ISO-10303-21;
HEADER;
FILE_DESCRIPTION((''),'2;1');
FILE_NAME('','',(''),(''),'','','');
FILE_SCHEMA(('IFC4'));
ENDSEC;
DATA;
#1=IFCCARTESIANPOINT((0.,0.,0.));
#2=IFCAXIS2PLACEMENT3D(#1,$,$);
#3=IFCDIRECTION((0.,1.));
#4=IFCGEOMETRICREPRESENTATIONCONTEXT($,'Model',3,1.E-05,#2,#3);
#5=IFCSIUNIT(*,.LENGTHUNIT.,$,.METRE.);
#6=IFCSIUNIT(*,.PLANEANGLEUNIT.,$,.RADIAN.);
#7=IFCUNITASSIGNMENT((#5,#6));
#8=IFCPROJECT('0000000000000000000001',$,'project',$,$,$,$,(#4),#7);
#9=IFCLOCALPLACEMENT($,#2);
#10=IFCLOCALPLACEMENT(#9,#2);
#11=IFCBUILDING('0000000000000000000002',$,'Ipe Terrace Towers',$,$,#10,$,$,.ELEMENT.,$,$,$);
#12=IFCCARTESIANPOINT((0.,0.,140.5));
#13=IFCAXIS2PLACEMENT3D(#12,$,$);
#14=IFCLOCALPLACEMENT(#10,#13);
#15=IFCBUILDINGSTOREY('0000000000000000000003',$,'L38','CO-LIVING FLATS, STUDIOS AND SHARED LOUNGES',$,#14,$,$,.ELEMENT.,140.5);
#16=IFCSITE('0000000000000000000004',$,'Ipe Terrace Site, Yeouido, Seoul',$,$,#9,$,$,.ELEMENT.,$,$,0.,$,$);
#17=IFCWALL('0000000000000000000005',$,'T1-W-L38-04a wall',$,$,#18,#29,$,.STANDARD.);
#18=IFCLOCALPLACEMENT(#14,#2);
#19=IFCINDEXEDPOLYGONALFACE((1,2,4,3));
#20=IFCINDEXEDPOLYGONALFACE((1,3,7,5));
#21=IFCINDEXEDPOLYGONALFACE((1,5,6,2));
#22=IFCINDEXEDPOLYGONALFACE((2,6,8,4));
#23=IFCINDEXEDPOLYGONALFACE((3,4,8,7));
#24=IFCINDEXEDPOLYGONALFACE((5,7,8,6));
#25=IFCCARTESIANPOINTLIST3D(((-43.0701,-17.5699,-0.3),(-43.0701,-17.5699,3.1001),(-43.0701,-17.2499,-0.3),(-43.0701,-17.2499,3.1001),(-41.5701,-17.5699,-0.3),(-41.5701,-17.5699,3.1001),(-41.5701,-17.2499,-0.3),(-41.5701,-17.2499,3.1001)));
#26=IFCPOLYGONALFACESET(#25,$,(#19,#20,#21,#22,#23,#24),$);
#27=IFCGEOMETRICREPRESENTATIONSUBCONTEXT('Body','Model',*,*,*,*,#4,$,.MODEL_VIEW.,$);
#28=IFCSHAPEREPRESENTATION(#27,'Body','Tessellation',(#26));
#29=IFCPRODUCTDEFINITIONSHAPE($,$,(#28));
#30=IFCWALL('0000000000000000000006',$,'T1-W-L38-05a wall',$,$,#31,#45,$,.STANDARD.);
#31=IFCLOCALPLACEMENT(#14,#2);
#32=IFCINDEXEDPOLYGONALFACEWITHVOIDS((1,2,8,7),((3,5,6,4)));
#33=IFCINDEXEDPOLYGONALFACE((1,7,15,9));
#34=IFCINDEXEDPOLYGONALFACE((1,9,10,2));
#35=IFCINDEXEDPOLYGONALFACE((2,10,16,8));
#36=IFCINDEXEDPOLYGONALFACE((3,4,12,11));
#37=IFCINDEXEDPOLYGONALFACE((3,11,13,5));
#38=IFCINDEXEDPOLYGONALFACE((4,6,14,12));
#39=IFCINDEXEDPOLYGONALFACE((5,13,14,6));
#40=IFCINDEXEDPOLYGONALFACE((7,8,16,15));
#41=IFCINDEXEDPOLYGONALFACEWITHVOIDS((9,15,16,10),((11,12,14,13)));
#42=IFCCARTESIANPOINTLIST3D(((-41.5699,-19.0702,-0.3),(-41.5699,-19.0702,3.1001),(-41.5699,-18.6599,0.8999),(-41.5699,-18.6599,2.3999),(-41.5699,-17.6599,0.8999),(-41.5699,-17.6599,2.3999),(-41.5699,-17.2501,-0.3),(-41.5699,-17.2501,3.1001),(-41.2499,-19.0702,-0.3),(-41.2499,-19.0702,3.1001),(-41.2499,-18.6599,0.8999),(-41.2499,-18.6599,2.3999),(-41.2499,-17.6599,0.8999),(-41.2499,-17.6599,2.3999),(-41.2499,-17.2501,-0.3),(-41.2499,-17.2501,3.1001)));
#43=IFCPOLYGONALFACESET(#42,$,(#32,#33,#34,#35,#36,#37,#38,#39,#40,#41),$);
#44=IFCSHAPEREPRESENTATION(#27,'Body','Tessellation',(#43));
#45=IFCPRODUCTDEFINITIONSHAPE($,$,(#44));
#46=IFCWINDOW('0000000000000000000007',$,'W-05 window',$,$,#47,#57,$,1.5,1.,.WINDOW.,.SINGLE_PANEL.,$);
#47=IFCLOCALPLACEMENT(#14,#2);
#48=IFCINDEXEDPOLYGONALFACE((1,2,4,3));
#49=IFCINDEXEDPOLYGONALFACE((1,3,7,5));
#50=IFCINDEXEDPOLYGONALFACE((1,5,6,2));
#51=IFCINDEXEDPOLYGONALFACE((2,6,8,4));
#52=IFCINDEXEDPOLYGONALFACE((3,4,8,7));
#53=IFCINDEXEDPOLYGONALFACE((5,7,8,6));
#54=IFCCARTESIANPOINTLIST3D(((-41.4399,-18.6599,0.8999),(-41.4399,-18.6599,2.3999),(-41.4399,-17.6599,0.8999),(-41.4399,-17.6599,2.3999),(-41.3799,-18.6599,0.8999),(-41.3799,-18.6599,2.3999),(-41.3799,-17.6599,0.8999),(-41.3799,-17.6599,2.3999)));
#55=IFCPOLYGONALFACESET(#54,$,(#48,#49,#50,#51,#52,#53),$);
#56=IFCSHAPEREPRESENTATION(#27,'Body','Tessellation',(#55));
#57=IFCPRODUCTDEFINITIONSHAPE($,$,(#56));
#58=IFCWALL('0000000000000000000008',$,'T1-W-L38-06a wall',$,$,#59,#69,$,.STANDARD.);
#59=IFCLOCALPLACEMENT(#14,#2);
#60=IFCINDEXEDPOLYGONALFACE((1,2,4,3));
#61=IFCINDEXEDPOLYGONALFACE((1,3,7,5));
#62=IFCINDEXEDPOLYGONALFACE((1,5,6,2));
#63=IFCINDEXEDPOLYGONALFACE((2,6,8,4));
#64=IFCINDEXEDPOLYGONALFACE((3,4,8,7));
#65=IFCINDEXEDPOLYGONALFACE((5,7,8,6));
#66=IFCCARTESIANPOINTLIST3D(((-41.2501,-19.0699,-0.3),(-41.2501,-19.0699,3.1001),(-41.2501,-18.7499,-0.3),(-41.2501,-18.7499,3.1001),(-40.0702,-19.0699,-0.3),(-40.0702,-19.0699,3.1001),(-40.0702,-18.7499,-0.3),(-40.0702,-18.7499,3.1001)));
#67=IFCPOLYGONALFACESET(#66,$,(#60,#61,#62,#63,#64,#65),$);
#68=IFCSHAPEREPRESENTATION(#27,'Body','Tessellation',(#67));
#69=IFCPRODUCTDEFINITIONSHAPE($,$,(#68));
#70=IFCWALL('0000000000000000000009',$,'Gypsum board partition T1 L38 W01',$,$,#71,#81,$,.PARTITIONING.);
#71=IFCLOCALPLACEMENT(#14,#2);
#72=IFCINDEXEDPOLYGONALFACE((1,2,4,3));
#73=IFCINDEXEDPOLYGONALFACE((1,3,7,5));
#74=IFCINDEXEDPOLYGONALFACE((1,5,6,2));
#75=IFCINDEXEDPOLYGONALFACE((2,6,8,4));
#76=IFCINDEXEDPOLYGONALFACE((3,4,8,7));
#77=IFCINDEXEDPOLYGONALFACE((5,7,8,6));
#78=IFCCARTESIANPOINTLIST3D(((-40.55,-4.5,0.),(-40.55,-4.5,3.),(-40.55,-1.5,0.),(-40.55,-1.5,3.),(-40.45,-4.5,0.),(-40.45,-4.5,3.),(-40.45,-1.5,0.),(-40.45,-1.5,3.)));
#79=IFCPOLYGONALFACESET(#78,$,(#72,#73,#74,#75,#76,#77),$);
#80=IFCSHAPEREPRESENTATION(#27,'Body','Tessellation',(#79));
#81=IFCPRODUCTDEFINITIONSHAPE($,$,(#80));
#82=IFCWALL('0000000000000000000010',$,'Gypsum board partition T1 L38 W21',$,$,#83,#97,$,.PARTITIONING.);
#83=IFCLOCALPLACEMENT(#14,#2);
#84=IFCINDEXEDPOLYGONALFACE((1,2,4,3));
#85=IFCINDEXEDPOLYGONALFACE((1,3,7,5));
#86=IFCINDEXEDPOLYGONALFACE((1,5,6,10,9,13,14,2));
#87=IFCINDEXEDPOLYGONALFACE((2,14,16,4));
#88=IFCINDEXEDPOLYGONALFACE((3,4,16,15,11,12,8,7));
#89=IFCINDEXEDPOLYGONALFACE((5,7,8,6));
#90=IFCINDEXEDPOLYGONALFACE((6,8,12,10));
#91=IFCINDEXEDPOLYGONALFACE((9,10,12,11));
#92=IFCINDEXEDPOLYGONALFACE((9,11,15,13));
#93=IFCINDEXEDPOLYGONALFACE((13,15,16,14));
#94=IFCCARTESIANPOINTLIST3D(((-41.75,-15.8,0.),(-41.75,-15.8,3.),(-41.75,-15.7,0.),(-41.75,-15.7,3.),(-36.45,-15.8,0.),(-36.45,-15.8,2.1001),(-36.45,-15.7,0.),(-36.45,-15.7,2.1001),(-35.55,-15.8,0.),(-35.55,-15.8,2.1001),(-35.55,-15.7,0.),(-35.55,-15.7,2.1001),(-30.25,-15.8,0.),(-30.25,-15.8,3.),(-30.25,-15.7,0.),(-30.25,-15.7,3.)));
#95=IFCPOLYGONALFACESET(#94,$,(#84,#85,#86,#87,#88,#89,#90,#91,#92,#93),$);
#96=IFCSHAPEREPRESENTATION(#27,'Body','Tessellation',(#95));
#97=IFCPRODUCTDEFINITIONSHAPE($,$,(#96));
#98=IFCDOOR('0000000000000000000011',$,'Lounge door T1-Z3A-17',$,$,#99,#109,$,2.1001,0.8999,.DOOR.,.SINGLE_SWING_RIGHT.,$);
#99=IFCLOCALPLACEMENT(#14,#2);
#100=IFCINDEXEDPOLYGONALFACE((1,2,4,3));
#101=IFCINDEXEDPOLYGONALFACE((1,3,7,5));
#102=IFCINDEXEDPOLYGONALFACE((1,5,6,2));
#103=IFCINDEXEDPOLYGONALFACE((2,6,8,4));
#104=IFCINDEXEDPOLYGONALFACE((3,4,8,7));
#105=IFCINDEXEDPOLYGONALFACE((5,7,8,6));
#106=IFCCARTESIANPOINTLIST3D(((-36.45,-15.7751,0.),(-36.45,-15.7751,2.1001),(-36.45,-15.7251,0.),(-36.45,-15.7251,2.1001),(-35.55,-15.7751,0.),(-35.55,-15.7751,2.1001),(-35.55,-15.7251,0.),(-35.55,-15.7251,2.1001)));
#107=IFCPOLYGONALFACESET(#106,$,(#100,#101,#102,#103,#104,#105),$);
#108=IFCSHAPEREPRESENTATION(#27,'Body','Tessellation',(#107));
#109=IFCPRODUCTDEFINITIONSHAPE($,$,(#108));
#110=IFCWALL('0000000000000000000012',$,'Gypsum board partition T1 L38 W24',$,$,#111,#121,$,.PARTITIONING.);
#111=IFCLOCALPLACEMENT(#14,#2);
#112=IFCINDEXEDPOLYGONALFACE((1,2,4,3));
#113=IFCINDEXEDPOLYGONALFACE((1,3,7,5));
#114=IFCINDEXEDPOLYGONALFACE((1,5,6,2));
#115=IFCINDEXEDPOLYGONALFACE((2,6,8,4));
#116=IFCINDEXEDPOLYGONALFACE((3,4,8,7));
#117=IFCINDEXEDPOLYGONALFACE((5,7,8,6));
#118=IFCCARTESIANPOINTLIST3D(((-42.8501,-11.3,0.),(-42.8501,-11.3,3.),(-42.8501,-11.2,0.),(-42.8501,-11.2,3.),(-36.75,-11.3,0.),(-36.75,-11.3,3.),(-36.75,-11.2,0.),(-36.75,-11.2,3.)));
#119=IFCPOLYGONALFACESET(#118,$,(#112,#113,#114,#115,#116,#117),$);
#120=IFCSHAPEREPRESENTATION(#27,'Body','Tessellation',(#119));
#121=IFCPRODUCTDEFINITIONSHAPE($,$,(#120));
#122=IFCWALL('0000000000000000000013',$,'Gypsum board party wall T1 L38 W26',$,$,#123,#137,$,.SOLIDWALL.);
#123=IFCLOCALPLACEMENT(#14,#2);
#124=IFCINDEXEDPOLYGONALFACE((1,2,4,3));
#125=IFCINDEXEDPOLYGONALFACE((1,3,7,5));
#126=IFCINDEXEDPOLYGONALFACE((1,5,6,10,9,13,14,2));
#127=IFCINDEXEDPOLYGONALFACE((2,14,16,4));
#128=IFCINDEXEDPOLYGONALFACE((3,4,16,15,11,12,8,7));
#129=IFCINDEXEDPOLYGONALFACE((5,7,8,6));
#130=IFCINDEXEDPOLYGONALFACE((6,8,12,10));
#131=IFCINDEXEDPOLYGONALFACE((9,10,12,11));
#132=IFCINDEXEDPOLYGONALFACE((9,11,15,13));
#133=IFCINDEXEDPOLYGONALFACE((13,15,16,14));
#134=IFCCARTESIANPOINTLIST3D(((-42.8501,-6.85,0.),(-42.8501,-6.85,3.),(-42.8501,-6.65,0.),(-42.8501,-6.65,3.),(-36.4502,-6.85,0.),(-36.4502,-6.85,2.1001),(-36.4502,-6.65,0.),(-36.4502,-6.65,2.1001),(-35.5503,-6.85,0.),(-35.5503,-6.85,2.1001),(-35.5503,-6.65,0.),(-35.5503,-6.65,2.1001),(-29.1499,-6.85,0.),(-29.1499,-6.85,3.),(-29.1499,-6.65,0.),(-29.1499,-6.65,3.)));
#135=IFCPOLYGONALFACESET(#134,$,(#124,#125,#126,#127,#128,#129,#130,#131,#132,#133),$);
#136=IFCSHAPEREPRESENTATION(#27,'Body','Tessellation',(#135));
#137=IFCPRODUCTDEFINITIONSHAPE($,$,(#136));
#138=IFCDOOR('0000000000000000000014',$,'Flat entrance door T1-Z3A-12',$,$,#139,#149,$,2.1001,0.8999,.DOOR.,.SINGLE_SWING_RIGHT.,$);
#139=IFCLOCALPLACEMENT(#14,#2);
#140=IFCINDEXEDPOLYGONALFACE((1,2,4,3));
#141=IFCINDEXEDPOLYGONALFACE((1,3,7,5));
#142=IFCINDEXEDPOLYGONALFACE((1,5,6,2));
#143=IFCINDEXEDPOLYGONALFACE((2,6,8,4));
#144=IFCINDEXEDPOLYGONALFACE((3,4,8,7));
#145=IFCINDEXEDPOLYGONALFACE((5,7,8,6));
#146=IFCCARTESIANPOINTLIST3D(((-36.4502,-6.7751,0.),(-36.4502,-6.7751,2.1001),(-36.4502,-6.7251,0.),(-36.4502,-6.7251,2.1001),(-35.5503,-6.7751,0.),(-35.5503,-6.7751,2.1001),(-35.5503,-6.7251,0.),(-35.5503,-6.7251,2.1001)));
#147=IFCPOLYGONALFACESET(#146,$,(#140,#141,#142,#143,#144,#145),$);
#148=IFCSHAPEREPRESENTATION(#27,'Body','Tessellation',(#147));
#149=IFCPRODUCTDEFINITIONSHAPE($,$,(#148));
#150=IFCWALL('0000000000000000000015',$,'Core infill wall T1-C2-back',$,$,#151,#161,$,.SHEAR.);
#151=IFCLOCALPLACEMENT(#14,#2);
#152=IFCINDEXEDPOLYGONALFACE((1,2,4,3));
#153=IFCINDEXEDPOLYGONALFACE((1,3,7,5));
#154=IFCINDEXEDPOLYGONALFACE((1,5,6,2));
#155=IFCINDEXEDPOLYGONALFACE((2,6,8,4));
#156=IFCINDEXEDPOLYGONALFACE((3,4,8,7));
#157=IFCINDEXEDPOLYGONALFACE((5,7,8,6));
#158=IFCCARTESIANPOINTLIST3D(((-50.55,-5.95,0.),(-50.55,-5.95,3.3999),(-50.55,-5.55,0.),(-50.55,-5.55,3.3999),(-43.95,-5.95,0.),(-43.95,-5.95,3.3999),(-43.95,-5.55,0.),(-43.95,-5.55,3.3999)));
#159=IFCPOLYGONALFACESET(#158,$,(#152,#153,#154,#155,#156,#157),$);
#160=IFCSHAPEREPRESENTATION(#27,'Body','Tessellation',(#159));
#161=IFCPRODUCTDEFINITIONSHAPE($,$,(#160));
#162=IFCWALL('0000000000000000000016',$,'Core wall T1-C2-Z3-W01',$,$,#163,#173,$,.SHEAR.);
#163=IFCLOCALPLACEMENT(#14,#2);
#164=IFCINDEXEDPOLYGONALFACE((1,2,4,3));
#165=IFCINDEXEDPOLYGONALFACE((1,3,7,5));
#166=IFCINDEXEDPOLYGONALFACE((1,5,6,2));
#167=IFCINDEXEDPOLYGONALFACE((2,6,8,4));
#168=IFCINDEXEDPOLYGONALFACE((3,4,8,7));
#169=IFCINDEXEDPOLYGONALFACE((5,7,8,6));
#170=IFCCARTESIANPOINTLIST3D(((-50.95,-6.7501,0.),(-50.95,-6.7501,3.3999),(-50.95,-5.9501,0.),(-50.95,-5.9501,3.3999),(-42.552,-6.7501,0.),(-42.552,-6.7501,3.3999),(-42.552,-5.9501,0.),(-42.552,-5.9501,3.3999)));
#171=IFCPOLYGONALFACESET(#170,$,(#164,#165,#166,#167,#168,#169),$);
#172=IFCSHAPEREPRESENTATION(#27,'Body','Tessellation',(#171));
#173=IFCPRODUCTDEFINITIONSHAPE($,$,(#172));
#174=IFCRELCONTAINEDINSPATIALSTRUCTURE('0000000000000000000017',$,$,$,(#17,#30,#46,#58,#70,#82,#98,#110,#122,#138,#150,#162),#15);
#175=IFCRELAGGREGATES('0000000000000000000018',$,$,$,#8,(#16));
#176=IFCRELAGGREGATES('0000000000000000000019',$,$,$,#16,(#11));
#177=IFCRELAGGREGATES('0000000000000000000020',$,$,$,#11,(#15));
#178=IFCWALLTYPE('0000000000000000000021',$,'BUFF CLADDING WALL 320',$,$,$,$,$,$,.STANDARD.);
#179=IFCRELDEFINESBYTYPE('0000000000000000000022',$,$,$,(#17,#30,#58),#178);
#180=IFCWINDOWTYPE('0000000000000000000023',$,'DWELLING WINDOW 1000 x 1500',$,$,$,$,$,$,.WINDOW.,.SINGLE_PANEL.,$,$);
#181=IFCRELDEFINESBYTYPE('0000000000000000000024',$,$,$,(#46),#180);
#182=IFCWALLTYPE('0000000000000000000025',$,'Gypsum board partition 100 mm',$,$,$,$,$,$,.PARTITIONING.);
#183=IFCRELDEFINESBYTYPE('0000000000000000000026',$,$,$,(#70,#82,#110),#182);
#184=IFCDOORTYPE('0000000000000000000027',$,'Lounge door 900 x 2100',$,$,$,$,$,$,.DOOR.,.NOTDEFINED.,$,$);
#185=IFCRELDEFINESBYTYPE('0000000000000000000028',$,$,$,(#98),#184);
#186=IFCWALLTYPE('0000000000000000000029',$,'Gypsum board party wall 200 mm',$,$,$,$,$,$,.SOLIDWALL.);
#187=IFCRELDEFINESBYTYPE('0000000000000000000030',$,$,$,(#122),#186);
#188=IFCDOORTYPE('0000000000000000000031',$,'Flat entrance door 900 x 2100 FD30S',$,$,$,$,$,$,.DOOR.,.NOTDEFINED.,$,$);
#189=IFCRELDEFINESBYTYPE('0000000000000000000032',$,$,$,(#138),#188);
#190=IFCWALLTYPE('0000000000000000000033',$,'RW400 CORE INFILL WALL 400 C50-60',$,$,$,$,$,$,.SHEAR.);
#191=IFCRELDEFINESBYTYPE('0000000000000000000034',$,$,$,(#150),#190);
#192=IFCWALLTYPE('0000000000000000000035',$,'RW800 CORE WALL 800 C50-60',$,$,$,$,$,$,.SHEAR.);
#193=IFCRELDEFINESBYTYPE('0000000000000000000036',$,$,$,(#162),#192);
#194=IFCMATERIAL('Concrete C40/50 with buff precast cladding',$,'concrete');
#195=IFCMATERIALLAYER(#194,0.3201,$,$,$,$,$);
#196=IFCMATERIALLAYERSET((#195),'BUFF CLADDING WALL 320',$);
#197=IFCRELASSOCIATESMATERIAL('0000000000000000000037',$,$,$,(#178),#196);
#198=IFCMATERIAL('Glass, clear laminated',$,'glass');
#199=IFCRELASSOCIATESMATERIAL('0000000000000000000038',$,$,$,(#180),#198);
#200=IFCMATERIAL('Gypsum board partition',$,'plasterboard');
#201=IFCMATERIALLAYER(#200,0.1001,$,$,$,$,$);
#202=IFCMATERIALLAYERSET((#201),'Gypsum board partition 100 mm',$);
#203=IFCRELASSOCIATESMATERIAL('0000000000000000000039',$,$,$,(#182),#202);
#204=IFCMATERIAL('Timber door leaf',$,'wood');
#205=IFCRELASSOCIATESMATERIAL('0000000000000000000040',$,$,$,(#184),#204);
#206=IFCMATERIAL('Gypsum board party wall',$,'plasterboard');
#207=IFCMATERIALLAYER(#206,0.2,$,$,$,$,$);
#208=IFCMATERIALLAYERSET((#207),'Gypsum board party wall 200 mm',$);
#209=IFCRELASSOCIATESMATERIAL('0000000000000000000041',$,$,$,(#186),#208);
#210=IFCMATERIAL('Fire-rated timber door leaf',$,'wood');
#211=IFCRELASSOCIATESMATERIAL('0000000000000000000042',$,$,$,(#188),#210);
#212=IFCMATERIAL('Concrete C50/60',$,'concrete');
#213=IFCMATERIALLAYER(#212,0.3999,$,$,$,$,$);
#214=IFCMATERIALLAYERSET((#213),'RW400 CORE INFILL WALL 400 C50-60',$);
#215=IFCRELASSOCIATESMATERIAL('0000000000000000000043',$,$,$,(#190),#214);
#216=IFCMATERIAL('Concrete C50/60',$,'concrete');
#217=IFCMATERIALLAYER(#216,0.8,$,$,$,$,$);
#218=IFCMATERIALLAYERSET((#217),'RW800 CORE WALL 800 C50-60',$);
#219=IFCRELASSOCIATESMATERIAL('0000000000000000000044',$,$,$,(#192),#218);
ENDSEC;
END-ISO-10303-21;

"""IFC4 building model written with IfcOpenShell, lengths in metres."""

from ifc_helpers import new_model, si_unit, direction, frame, frame_2d, origin, place, context, subcontext, project, spatial, rectangle, extrude, material, layer, layer_set, type_object, element, fill, save


model = new_model("IFC4")

# Units and contexts
model_context = context("Model", 3, precision=1e-05, world=origin(), true_north=direction((0.0, 1.0)))
body_context = subcontext(model_context, "Body", "Model", "MODEL_VIEW")
ifc_project = project(units=[si_unit("LENGTHUNIT", "METRE"), si_unit("PLANEANGLEUNIT", "RADIAN")], contexts=[model_context])

# Site, building, storey
site_placement = place(None, origin())
site = spatial("IfcSite", under=ifc_project, at=site_placement, Name="Ipe Terrace Site, Yeouido, Seoul", CompositionType="ELEMENT", RefElevation=0.0)
building_placement = place(site_placement, origin())
building = spatial("IfcBuilding", under=site, at=building_placement, Name="Ipe Terrace Towers", CompositionType="ELEMENT")
storey_placement = place(building_placement, frame((0.0, 0.0, 140.5)))
storey = spatial("IfcBuildingStorey", under=building, at=storey_placement, Name="L38", Description="CO-LIVING FLATS, STUDIOS AND SHARED LOUNGES", CompositionType="ELEMENT", Elevation=140.5)

# Wall
ifc_material_1 = material(Name="Concrete C40/50 with buff precast cladding", Category="concrete")
ifc_layer_1 = layer(ifc_material_1, 0.3201)
ifc_layer_set_1 = layer_set([ifc_layer_1], Name="BUFF CLADDING WALL 320")
wall_type_1 = type_object("IfcWallType", Name="BUFF CLADDING WALL 320", PredefinedType="STANDARD", material=ifc_layer_set_1)
wall_1_placement = place(storey_placement, frame((-43.0701, -17.4099, -0.3), z_axis=(0.0, 0.0, 1.0), x_axis=(1.0, 0.0, 0.0)))
element("IfcWall", 1, at=wall_1_placement, inside=storey, type_object=wall_type_1, Name="T1-W-L38-04a wall", PredefinedType="STANDARD", context=body_context, shape_type="SweptSolid", body=[
    extrude(rectangle(XDim=1.5, YDim=0.3201, at=frame_2d((0.75, 0.0))), origin(), (0.0, 0.0, 1.0), 3.4001),
])

# Wall, opening, window
wall_2_placement = place(storey_placement, frame((-41.4099, -17.25, -0.3), z_axis=(0.0, 0.0, 1.0), x_axis=(0.0, -1.0, 0.0)))
wall_2 = element("IfcWall", 2, at=wall_2_placement, inside=storey, type_object=wall_type_1, Name="T1-W-L38-05a wall", PredefinedType="STANDARD", context=body_context, shape_type="SweptSolid", body=[
    extrude(rectangle(XDim=1.8201, YDim=0.3201, at=frame_2d((0.9102, 0.0))), origin(), (0.0, 0.0, 1.0), 3.4001),
])
opening_1_placement = place(wall_2_placement, frame((0.4099, 0.0, 1.2)))
opening_1 = element("IfcOpeningElement", 3, at=opening_1_placement, cuts=wall_2, PredefinedType="OPENING", context=body_context, shape_type="SweptSolid", body=[
    extrude(rectangle(XDim=1.0, YDim=1.5, at=frame_2d((0.5, 0.75))), frame((0.0, 0.1699, 0.0), z_axis=(0.0, -1.0, 0.0), x_axis=(1.0, 0.0, 0.0)), (0.0, 0.0, 1.0), 0.3401),
])
ifc_material_2 = material(Name="Glass, clear laminated", Category="glass")
window_type = type_object("IfcWindowType", Name="DWELLING WINDOW 1000 x 1500", PartitioningType="SINGLE_PANEL", PredefinedType="WINDOW", material=ifc_material_2)
window_placement = place(opening_1_placement, origin())
window = element("IfcWindow", 4, at=window_placement, inside=storey, type_object=window_type, Name="W-05 window", OverallHeight=1.5, OverallWidth=1.0, PartitioningType="SINGLE_PANEL", PredefinedType="WINDOW", context=body_context, shape_type="SweptSolid", body=[
    extrude(rectangle(XDim=1.0, YDim=1.5, at=frame_2d((0.5, 0.75))), frame((0.0, 0.03, 0.0), z_axis=(0.0, -1.0, 0.0), x_axis=(1.0, 0.0, 0.0)), (0.0, 0.0, 1.0), 0.0601),
])
fill(opening_1, window)

# Walls
wall_3_placement = place(storey_placement, frame((-41.25, -18.9099, -0.3), z_axis=(0.0, 0.0, 1.0), x_axis=(1.0, 0.0, 0.0)))
element("IfcWall", 5, at=wall_3_placement, inside=storey, type_object=wall_type_1, Name="T1-W-L38-06a wall", PredefinedType="STANDARD", context=body_context, shape_type="SweptSolid", body=[
    extrude(rectangle(XDim=1.1799, YDim=0.3201, at=frame_2d((0.5898, 0.0))), origin(), (0.0, 0.0, 1.0), 3.4001),
])
ifc_material_3 = material(Name="Gypsum board partition", Category="plasterboard")
ifc_layer_2 = layer(ifc_material_3, 0.1001)
ifc_layer_set_2 = layer_set([ifc_layer_2], Name="Gypsum board partition 100 mm")
wall_type_2 = type_object("IfcWallType", Name="Gypsum board partition 100 mm", PredefinedType="PARTITIONING", material=ifc_layer_set_2)
wall_4_placement = place(storey_placement, frame((-40.5, -4.5, 0.0), z_axis=(0.0, 0.0, 1.0), x_axis=(0.0, 1.0, 0.0)))
element("IfcWall", 6, at=wall_4_placement, inside=storey, type_object=wall_type_2, Name="Gypsum board partition T1 L38 W01", PredefinedType="PARTITIONING", context=body_context, shape_type="SweptSolid", body=[
    extrude(rectangle(XDim=3.0, YDim=0.1001, at=frame_2d((1.5, 0.0))), origin(), (0.0, 0.0, 1.0), 3.0),
])

# Wall, opening, door
wall_5_placement = place(storey_placement, frame((-41.75, -15.75, 0.0), z_axis=(0.0, 0.0, 1.0), x_axis=(1.0, 0.0, 0.0)))
wall_5 = element("IfcWall", 7, at=wall_5_placement, inside=storey, type_object=wall_type_2, Name="Gypsum board partition T1 L38 W21", PredefinedType="PARTITIONING", context=body_context, shape_type="SweptSolid", body=[
    extrude(rectangle(XDim=11.5, YDim=0.1001, at=frame_2d((5.75, 0.0))), origin(), (0.0, 0.0, 1.0), 3.0),
])
opening_2_placement = place(wall_5_placement, frame((5.3, 0.0, 0.0)))
opening_2 = element("IfcOpeningElement", 8, at=opening_2_placement, cuts=wall_5, PredefinedType="OPENING", context=body_context, shape_type="SweptSolid", body=[
    extrude(rectangle(XDim=0.8999, YDim=2.1001, at=frame_2d((0.45, 1.05))), frame((0.0, 0.0601, 0.0), z_axis=(0.0, -1.0, 0.0), x_axis=(1.0, 0.0, 0.0)), (0.0, 0.0, 1.0), 0.1201),
])
ifc_material_4 = material(Name="Timber door leaf", Category="wood")
door_type_1 = type_object("IfcDoorType", Name="Lounge door 900 x 2100", OperationType="NOTDEFINED", PredefinedType="DOOR", material=ifc_material_4)
door_1_placement = place(opening_2_placement, origin())
door_1 = element("IfcDoor", 9, at=door_1_placement, inside=storey, type_object=door_type_1, Name="Lounge door T1-Z3A-17", OperationType="SINGLE_SWING_RIGHT", OverallHeight=2.1001, OverallWidth=0.8999, PredefinedType="DOOR", context=body_context, shape_type="SweptSolid", body=[
    extrude(rectangle(XDim=0.8999, YDim=2.1001, at=frame_2d((0.45, 1.05))), frame((0.0, 0.0249, 0.0), z_axis=(0.0, -1.0, 0.0), x_axis=(1.0, 0.0, 0.0)), (0.0, 0.0, 1.0), 0.05),
])
fill(opening_2, door_1)

# Wall
wall_6_placement = place(storey_placement, frame((-42.8501, -11.25, 0.0), z_axis=(0.0, 0.0, 1.0), x_axis=(1.0, 0.0, 0.0)))
element("IfcWall", 10, at=wall_6_placement, inside=storey, type_object=wall_type_2, Name="Gypsum board partition T1 L38 W24", PredefinedType="PARTITIONING", context=body_context, shape_type="SweptSolid", body=[
    extrude(rectangle(XDim=6.1001, YDim=0.1001, at=frame_2d((3.05, 0.0))), origin(), (0.0, 0.0, 1.0), 3.0),
])

# Wall, opening, door
ifc_material_5 = material(Name="Gypsum board party wall", Category="plasterboard")
ifc_layer_3 = layer(ifc_material_5, 0.2)
ifc_layer_set_3 = layer_set([ifc_layer_3], Name="Gypsum board party wall 200 mm")
wall_type_3 = type_object("IfcWallType", Name="Gypsum board party wall 200 mm", PredefinedType="SOLIDWALL", material=ifc_layer_set_3)
wall_7_placement = place(storey_placement, frame((-42.8501, -6.75, 0.0), z_axis=(0.0, 0.0, 1.0), x_axis=(1.0, 0.0, 0.0)))
wall_7 = element("IfcWall", 11, at=wall_7_placement, inside=storey, type_object=wall_type_3, Name="Gypsum board party wall T1 L38 W26", PredefinedType="SOLIDWALL", context=body_context, shape_type="SweptSolid", body=[
    extrude(rectangle(XDim=13.7002, YDim=0.2, at=frame_2d((6.8501, 0.0))), origin(), (0.0, 0.0, 1.0), 3.0),
])
opening_3_placement = place(wall_7_placement, frame((6.3999, 0.0, 0.0)))
opening_3 = element("IfcOpeningElement", 12, at=opening_3_placement, cuts=wall_7, PredefinedType="OPENING", context=body_context, shape_type="SweptSolid", body=[
    extrude(rectangle(XDim=0.8999, YDim=2.1001, at=frame_2d((0.45, 1.05))), frame((0.0, 0.1099, 0.0), z_axis=(0.0, -1.0, 0.0), x_axis=(1.0, 0.0, 0.0)), (0.0, 0.0, 1.0), 0.22),
])
ifc_material_6 = material(Name="Fire-rated timber door leaf", Category="wood")
door_type_2 = type_object("IfcDoorType", Name="Flat entrance door 900 x 2100 FD30S", OperationType="NOTDEFINED", PredefinedType="DOOR", material=ifc_material_6)
door_2_placement = place(opening_3_placement, origin())
door_2 = element("IfcDoor", 13, at=door_2_placement, inside=storey, type_object=door_type_2, Name="Flat entrance door T1-Z3A-12", OperationType="SINGLE_SWING_RIGHT", OverallHeight=2.1001, OverallWidth=0.8999, PredefinedType="DOOR", context=body_context, shape_type="SweptSolid", body=[
    extrude(rectangle(XDim=0.8999, YDim=2.1001, at=frame_2d((0.45, 1.05))), frame((0.0, 0.0249, 0.0), z_axis=(0.0, -1.0, 0.0), x_axis=(1.0, 0.0, 0.0)), (0.0, 0.0, 1.0), 0.05),
])
fill(opening_3, door_2)

# Walls
ifc_material_7 = material(Name="Concrete C50/60", Category="concrete")
ifc_layer_4 = layer(ifc_material_7, 0.3999)
ifc_layer_set_4 = layer_set([ifc_layer_4], Name="RW400 CORE INFILL WALL 400 C50-60")
wall_type_4 = type_object("IfcWallType", Name="RW400 CORE INFILL WALL 400 C50-60", PredefinedType="SHEAR", material=ifc_layer_set_4)
wall_8_placement = place(storey_placement, frame((-43.95, -5.75, 0.0), z_axis=(0.0, 0.0, 1.0), x_axis=(-1.0, 0.0, 0.0)))
element("IfcWall", 14, at=wall_8_placement, inside=storey, type_object=wall_type_4, Name="Core infill wall T1-C2-back", PredefinedType="SHEAR", context=body_context, shape_type="SweptSolid", body=[
    extrude(rectangle(XDim=6.6001, YDim=0.3999, at=frame_2d((3.3, 0.0))), origin(), (0.0, 0.0, 1.0), 3.3999),
])
ifc_material_8 = material(Name="Concrete C50/60", Category="concrete")
ifc_layer_5 = layer(ifc_material_8, 0.8)
ifc_layer_set_5 = layer_set([ifc_layer_5], Name="RW800 CORE WALL 800 C50-60")
wall_type_5 = type_object("IfcWallType", Name="RW800 CORE WALL 800 C50-60", PredefinedType="SHEAR", material=ifc_layer_set_5)
wall_9_placement = place(storey_placement, frame((-50.95, -6.3501, 0.0), z_axis=(0.0, 0.0, 1.0), x_axis=(1.0, 0.0, 0.0)))
element("IfcWall", 15, at=wall_9_placement, inside=storey, type_object=wall_type_5, Name="Core wall T1-C2-Z3-W01", PredefinedType="SHEAR", context=body_context, shape_type="SweptSolid", body=[
    extrude(rectangle(XDim=8.3979, YDim=0.8, at=frame_2d((4.199, 0.0))), origin(), (0.0, 0.0, 1.0), 3.3999),
])

save(model, "model.ifc")
